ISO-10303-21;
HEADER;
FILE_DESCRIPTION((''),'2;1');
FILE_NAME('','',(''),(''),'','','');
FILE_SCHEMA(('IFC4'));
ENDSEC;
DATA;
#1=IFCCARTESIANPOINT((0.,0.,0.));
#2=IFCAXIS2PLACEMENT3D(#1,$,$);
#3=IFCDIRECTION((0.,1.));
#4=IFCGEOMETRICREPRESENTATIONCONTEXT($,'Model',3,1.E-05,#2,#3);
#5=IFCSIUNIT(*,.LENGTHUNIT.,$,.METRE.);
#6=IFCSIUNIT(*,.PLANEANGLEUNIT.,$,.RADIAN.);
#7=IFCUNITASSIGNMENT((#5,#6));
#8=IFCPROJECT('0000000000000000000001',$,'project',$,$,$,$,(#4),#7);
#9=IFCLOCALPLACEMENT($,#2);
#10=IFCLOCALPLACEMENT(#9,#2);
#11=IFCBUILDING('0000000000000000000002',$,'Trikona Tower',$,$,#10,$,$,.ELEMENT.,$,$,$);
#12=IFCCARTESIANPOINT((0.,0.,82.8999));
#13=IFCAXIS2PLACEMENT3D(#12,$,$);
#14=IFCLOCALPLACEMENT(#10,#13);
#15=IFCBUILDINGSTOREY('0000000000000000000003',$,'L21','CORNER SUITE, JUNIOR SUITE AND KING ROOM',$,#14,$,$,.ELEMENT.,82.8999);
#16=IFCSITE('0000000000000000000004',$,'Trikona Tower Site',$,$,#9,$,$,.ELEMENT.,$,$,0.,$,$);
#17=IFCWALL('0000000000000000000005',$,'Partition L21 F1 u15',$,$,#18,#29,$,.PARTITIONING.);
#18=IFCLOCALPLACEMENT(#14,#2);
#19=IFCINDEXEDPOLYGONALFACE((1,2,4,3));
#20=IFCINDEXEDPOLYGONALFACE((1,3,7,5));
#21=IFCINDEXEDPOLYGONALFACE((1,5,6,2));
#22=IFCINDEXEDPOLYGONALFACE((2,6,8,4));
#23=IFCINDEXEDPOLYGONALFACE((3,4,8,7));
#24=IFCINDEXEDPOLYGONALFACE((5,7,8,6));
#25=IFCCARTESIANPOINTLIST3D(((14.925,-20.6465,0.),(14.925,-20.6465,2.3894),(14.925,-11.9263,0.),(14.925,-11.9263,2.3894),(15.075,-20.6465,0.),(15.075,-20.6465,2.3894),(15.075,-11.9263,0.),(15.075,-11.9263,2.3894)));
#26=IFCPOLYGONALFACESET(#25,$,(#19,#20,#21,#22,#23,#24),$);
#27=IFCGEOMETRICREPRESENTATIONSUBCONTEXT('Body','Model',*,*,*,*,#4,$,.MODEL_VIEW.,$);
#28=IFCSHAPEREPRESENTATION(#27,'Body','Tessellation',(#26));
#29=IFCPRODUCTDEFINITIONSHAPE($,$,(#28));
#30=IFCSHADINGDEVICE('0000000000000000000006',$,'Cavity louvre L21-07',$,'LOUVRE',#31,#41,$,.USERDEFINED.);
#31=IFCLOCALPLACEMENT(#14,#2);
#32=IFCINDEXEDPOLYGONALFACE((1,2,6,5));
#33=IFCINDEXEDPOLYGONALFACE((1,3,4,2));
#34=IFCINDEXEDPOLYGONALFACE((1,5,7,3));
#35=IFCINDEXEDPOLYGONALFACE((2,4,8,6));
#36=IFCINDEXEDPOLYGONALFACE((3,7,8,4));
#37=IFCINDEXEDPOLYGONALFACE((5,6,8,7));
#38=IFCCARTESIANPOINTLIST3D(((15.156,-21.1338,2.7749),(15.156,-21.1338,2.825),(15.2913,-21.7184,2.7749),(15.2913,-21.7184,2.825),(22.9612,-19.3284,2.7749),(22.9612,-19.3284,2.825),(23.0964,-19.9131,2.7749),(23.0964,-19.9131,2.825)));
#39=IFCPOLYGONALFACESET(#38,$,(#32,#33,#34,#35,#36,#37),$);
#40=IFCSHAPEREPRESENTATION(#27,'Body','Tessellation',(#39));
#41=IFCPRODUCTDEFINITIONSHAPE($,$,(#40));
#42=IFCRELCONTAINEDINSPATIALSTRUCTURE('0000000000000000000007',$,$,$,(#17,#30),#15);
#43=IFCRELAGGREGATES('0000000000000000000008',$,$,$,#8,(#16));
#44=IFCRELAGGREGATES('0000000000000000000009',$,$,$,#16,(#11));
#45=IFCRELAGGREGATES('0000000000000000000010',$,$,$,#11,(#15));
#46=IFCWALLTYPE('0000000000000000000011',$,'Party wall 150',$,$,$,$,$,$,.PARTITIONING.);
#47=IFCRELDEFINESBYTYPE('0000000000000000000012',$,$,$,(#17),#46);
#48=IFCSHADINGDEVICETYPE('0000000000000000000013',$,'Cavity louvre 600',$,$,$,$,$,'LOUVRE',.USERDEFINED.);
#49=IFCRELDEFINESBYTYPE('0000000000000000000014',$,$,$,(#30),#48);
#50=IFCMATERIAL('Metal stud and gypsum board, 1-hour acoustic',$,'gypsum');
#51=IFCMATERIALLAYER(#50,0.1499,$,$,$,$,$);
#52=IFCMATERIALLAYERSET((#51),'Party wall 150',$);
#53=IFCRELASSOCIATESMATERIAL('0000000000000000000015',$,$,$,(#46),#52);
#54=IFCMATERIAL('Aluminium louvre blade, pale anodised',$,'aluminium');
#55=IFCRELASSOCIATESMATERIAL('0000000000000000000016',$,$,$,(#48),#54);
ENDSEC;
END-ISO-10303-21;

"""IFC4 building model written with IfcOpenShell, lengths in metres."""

from ifc_helpers import new_model, si_unit, direction, frame, frame_2d, origin, origin_2d, place, context, subcontext, project, spatial, rectangle, extrude, material, layer, layer_set, type_object, element, save


model = new_model("IFC4")

# Units and contexts
model_context = context("Model", 3, precision=1e-05, world=origin(), true_north=direction((0.0, 1.0)))
body_context = subcontext(model_context, "Body", "Model", "MODEL_VIEW")
ifc_project = project(units=[si_unit("LENGTHUNIT", "METRE"), si_unit("PLANEANGLEUNIT", "RADIAN")], contexts=[model_context])

# Site, building, storey
site_placement = place(None, origin())
site = spatial("IfcSite", under=ifc_project, at=site_placement, Name="Trikona Tower Site", CompositionType="ELEMENT", RefElevation=0.0)
building_placement = place(site_placement, origin())
building = spatial("IfcBuilding", under=site, at=building_placement, Name="Trikona Tower", CompositionType="ELEMENT")
storey_placement = place(building_placement, frame((0.0, 0.0, 82.8999)))
storey = spatial("IfcBuildingStorey", under=building, at=storey_placement, Name="L21", Description="CORNER SUITE, JUNIOR SUITE AND KING ROOM", CompositionType="ELEMENT", Elevation=82.8999)

# Wall
ifc_material_1 = material(Name="Metal stud and gypsum board, 1-hour acoustic", Category="gypsum")
ifc_layer_1 = layer(ifc_material_1, 0.1499)
ifc_layer_set_1 = layer_set([ifc_layer_1], Name="Party wall 150")
wall_type_1 = type_object("IfcWallType", Name="Party wall 150", PredefinedType="PARTITIONING", material=ifc_layer_set_1)
wall_1_placement = place(storey_placement, frame((15.0, -11.9263, 0.0), z_axis=(0.0, 0.0, 1.0), x_axis=(0.0, -1.0, 0.0)))
element("IfcWall", 1, at=wall_1_placement, inside=storey, type_object=wall_type_1, Name="Partition L21 F1 u15", PredefinedType="PARTITIONING", context=body_context, shape_type="SweptSolid", body=[
    extrude(rectangle(XDim=8.7202, YDim=0.1499, at=frame_2d((4.3601, 0.0))), origin(), (0.0, 0.0, 1.0), 2.3894),
])

# Shading device
ifc_material_2 = material(Name="Aluminium louvre blade, pale anodised", Category="aluminium")
shading_device_type = type_object("IfcShadingDeviceType", Name="Cavity louvre 600", ElementType="LOUVRE", PredefinedType="USERDEFINED", material=ifc_material_2)
shading_device_placement = place(storey_placement, frame((19.1262, -20.5234, 2.7749), z_axis=(0.0, 0.0, 1.0), x_axis=(0.974278, 0.225351, 0.0)))
element("IfcShadingDevice", 2, at=shading_device_placement, inside=storey, type_object=shading_device_type, Name="Cavity louvre L21-07", ObjectType="LOUVRE", PredefinedType="USERDEFINED", context=body_context, shape_type="SweptSolid", body=[
    extrude(rectangle(XDim=8.0112, YDim=0.6001, at=origin_2d()), origin(), (0.0, 0.0, 1.0), 0.05),
])

save(model, "model.ifc")
